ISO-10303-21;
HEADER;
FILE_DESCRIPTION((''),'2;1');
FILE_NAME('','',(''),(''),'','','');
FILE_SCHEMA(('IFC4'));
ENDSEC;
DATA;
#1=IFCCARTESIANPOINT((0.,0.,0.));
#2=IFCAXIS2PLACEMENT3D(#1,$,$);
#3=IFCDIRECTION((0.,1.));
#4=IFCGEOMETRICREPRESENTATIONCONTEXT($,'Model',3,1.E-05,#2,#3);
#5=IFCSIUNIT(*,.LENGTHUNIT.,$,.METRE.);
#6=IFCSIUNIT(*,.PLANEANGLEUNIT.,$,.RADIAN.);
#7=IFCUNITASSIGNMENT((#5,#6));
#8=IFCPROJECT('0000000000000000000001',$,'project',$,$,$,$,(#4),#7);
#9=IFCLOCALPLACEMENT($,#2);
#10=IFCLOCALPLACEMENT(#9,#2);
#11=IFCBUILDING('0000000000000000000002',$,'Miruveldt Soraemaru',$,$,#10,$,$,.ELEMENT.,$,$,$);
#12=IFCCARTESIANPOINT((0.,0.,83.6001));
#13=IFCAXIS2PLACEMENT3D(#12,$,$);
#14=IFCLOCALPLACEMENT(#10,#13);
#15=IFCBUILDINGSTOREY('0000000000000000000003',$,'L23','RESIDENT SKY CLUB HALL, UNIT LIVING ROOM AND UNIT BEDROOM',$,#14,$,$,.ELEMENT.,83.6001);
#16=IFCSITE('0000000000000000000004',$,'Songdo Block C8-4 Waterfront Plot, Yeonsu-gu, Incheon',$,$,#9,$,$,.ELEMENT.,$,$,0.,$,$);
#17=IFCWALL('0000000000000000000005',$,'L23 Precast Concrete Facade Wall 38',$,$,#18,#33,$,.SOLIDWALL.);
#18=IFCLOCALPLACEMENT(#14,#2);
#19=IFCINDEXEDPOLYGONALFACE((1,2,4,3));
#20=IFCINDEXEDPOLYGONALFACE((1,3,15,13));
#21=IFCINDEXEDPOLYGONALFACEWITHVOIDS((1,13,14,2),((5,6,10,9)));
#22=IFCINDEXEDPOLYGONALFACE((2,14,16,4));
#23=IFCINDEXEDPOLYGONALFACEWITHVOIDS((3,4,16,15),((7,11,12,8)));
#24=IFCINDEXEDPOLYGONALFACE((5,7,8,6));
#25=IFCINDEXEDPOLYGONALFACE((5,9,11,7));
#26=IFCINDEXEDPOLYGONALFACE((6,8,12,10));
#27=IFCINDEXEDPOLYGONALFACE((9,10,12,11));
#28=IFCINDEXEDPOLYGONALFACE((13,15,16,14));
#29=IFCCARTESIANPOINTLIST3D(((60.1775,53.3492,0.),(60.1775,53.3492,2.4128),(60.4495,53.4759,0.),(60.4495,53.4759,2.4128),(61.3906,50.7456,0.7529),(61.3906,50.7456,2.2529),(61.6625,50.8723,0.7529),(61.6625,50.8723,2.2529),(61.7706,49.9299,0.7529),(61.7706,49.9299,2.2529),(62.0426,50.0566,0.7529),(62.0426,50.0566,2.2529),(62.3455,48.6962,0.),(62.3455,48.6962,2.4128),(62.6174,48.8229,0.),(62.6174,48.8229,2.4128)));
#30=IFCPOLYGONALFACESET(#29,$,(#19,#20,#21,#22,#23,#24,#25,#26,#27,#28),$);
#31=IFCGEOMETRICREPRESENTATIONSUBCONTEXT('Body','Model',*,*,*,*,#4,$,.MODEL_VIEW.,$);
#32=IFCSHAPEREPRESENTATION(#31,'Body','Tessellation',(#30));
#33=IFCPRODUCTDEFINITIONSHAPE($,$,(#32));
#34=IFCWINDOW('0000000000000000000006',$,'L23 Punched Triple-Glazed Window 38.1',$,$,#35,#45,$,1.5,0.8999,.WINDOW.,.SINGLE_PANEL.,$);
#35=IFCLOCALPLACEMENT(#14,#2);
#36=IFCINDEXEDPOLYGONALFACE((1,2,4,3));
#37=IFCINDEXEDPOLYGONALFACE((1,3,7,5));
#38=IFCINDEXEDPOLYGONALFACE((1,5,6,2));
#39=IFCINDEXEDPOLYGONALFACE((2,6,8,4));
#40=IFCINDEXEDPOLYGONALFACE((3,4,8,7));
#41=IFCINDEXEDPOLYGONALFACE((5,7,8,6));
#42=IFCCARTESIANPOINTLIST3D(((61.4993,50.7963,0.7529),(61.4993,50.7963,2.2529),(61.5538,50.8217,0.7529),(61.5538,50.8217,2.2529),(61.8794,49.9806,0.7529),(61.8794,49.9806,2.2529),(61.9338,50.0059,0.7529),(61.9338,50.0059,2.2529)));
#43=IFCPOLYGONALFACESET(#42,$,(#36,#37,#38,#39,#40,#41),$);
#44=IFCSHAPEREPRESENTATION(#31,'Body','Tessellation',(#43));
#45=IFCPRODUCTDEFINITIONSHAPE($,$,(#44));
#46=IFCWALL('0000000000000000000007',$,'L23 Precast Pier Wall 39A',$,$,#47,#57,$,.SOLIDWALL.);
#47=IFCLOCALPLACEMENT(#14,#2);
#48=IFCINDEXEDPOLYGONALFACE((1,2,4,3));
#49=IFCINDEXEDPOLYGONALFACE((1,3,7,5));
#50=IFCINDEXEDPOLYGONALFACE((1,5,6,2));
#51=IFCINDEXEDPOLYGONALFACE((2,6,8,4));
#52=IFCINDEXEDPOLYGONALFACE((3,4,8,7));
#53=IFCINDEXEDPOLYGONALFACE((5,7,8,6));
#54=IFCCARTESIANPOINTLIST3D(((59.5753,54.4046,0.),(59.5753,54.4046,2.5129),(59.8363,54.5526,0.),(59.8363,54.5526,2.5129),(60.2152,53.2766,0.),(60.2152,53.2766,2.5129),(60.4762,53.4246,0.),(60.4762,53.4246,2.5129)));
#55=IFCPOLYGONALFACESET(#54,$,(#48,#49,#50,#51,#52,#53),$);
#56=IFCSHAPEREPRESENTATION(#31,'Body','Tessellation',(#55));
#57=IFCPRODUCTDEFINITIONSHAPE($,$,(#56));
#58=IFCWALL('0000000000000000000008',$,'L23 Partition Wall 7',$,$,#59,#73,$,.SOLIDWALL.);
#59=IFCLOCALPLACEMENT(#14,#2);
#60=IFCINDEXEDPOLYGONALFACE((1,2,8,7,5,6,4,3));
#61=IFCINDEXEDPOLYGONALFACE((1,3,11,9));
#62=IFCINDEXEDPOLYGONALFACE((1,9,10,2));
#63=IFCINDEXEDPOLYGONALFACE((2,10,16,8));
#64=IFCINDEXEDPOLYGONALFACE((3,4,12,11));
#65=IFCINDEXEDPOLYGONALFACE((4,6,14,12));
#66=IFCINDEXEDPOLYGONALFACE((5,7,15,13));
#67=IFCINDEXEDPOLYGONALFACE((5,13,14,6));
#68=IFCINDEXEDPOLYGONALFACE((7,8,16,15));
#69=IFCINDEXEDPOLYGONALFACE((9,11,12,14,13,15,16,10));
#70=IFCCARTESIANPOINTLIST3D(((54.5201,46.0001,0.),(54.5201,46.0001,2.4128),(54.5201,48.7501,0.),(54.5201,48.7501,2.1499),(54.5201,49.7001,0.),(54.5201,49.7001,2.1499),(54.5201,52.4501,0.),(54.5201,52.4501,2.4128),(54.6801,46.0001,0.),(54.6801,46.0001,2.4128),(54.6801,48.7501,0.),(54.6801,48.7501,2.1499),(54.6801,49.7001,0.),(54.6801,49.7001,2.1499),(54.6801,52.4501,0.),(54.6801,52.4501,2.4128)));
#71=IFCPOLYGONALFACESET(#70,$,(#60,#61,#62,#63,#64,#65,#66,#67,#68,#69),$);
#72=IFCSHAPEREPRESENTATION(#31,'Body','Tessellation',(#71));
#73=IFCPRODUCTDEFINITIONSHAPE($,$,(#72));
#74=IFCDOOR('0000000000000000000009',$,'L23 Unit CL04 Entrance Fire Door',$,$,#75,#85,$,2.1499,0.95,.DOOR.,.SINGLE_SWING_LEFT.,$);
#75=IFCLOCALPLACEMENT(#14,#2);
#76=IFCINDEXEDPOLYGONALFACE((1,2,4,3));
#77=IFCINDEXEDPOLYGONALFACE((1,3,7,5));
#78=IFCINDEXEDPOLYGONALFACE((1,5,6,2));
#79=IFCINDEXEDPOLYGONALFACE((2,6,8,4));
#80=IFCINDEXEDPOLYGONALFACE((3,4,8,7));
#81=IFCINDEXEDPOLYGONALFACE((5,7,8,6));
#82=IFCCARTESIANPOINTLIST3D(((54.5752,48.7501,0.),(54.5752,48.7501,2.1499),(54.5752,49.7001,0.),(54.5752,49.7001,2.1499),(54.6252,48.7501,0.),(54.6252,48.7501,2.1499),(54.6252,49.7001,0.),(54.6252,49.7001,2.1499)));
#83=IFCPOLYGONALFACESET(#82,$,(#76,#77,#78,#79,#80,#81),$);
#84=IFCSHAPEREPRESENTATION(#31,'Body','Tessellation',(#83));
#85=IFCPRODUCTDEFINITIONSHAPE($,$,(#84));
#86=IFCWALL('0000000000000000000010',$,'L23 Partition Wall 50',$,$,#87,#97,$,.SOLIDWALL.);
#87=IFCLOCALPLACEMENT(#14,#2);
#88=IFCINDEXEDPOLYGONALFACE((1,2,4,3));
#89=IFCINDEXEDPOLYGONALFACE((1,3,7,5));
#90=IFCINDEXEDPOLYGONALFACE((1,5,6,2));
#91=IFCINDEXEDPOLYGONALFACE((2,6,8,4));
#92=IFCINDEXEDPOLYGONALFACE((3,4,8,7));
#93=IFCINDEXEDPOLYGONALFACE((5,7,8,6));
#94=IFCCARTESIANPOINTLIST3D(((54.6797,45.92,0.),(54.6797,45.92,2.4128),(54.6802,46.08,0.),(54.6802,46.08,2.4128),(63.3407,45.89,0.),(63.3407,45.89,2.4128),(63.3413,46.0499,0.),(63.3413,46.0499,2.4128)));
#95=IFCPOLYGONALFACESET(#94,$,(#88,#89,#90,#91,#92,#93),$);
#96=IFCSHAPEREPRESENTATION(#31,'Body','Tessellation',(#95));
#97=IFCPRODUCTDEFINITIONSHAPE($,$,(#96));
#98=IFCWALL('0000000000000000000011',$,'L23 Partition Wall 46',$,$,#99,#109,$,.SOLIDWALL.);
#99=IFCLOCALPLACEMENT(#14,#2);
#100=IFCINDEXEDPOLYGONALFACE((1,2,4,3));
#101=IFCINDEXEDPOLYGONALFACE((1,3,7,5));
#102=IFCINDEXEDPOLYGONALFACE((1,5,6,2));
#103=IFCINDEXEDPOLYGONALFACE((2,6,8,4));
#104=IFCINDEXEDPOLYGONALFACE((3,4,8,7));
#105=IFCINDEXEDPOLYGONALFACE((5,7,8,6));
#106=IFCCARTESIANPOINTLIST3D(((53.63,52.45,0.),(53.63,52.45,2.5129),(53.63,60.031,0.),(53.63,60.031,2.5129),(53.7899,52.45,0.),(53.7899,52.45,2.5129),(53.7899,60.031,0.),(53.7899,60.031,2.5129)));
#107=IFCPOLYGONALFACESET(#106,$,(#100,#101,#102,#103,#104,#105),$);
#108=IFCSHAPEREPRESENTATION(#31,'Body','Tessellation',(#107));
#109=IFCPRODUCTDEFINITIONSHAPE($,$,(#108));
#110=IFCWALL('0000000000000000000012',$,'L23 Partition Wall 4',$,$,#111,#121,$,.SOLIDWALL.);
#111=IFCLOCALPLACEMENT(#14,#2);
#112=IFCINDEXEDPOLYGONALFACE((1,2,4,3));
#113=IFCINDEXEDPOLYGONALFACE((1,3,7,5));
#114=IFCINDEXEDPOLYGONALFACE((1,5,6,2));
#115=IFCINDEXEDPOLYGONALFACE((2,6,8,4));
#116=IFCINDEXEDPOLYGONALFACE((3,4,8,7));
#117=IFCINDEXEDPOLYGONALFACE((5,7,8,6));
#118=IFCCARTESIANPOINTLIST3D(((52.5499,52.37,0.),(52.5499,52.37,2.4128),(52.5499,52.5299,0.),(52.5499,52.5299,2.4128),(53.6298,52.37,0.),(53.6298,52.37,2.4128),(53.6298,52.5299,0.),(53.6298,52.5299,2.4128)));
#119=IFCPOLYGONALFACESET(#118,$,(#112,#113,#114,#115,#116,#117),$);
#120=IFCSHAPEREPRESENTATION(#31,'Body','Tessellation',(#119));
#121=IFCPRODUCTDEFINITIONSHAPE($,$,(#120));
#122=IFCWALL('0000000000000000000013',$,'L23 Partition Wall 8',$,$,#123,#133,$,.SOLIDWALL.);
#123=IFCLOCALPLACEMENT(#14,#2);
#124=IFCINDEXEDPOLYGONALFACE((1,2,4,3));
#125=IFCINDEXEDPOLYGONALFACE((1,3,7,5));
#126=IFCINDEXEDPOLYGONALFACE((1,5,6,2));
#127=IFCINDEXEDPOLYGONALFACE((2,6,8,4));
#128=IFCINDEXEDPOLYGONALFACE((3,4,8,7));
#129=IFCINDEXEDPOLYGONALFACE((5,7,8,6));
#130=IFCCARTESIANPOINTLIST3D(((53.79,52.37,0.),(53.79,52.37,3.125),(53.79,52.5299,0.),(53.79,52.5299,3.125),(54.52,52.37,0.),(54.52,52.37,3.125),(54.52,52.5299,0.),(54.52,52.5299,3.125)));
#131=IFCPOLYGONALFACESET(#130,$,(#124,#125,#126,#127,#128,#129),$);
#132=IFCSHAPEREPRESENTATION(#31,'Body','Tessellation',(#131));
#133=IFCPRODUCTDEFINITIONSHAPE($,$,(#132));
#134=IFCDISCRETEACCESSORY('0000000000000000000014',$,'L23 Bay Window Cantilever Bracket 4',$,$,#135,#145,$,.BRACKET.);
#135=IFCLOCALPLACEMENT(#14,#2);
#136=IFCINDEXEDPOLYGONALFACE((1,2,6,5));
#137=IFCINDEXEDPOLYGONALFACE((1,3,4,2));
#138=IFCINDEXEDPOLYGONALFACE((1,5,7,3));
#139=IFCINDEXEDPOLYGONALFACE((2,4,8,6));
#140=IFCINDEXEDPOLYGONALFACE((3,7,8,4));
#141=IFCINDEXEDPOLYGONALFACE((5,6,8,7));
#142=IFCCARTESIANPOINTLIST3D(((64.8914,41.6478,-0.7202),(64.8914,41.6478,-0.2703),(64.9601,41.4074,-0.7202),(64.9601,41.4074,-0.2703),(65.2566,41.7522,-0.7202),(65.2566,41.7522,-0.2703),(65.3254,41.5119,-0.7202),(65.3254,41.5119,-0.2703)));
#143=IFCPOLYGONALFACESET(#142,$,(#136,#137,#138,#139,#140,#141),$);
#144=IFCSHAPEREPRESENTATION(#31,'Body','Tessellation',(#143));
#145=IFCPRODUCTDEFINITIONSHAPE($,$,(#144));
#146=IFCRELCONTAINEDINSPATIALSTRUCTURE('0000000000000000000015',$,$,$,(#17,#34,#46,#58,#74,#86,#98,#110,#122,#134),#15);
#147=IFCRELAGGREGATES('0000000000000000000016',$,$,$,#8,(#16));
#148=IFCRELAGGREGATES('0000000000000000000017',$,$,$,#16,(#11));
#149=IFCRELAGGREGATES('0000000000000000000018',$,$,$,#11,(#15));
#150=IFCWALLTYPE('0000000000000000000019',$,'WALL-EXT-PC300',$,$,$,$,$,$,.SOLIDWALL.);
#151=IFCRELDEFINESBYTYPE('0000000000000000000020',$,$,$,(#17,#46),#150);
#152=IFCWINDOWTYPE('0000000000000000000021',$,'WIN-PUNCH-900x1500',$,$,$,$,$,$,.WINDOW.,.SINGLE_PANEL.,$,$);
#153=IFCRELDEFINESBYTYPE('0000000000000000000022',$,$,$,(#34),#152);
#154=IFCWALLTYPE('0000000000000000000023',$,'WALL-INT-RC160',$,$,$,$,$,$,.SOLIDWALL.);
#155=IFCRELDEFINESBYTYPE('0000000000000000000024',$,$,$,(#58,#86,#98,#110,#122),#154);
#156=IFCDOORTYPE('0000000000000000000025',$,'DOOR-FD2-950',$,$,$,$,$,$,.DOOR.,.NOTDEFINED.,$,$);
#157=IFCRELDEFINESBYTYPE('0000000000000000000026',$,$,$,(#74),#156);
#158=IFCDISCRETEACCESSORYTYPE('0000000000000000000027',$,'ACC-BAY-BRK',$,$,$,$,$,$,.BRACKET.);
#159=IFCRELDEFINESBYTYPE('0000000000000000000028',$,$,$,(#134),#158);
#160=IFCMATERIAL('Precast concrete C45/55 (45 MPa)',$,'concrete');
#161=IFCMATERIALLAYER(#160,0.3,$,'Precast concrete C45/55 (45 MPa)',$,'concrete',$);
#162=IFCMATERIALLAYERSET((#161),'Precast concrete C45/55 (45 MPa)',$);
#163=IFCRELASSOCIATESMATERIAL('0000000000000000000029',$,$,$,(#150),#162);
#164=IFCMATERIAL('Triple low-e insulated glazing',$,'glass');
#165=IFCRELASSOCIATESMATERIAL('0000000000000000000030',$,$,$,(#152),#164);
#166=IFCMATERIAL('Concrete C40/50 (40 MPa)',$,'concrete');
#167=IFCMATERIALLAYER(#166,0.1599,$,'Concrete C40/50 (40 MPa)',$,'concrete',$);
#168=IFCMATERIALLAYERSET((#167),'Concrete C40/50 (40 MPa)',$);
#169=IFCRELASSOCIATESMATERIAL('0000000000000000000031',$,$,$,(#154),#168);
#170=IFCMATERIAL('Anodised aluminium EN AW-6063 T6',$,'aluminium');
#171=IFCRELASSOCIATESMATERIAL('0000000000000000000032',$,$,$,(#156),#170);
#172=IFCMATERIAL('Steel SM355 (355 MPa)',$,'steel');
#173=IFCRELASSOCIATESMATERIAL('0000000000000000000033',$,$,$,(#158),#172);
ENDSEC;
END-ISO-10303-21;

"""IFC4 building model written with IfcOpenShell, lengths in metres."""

from ifc_helpers import new_model, si_unit, direction, frame, frame_2d, origin, origin_2d, place, context, subcontext, project, spatial, rectangle, extrude, material, layer, layer_set, type_object, element, fill, save


model = new_model("IFC4")

# Units and contexts
model_context = context("Model", 3, precision=1e-05, world=origin(), true_north=direction((0.0, 1.0)))
body_context = subcontext(model_context, "Body", "Model", "MODEL_VIEW")
ifc_project = project(units=[si_unit("LENGTHUNIT", "METRE"), si_unit("PLANEANGLEUNIT", "RADIAN")], contexts=[model_context])

# Site, building, storey
site_placement = place(None, origin())
site = spatial("IfcSite", under=ifc_project, at=site_placement, Name="Songdo Block C8-4 Waterfront Plot, Yeonsu-gu, Incheon", CompositionType="ELEMENT", RefElevation=0.0)
building_placement = place(site_placement, origin())
building = spatial("IfcBuilding", under=site, at=building_placement, Name="Miruveldt Soraemaru", CompositionType="ELEMENT")
storey_placement = place(building_placement, frame((0.0, 0.0, 83.6001)))
storey = spatial("IfcBuildingStorey", under=building, at=storey_placement, Name="L23", Description="RESIDENT SKY CLUB HALL, UNIT LIVING ROOM AND UNIT BEDROOM", CompositionType="ELEMENT", Elevation=83.6001)

# Shared definitions
ifc_material_1 = material(Name="Steel SM355 (355 MPa)", Category="steel")

# Shared definitions
ifc_material_2 = material(Name="Anodised aluminium EN AW-6063 T6", Category="aluminium")

# Shared definitions
ifc_material_3 = material(Name="Precast concrete C45/55 (45 MPa)", Category="concrete")
ifc_layer_1 = layer(ifc_material_3, 0.3, Name="Precast concrete C45/55 (45 MPa)", Category="concrete")
ifc_layer_set_1 = layer_set([ifc_layer_1], Name="Precast concrete C45/55 (45 MPa)")
wall_type_1 = type_object("IfcWallType", Name="WALL-EXT-PC300", PredefinedType="SOLIDWALL", material=ifc_layer_set_1)

# Shared definitions
ifc_material_4 = material(Name="Triple low-e insulated glazing", Category="glass")

# Wall, opening, window
wall_1_placement = place(storey_placement, frame((62.4814, 48.7595, 0.0), z_axis=(0.0, 0.0, 1.0), x_axis=(-0.422331, 0.906442, 0.0)))
wall_1 = element("IfcWall", 1, at=wall_1_placement, inside=storey, type_object=wall_type_1, Name="L23 Precast Concrete Facade Wall 38", PredefinedType="SOLIDWALL", context=body_context, shape_type="SweptSolid", body=[
    extrude(rectangle(XDim=5.1333, YDim=0.3, at=frame_2d((2.5667, 0.0))), origin(), (0.0, 0.0, 1.0), 2.4128),
])
opening_1_placement = place(wall_1_placement, frame((1.3611, 0.0, 0.7529)))
opening_1 = element("IfcOpeningElement", 2, at=opening_1_placement, cuts=wall_1, PredefinedType="OPENING", context=body_context, shape_type="SweptSolid", body=[
    extrude(rectangle(XDim=0.8999, YDim=1.5, at=frame_2d((0.45, 0.75))), frame((0.0, 0.1602, 0.0), z_axis=(0.0, -1.0, 0.0), x_axis=(1.0, 0.0, 0.0)), (0.0, 0.0, 1.0), 0.3201),
])
window_type_1 = type_object("IfcWindowType", Name="WIN-PUNCH-900x1500", PartitioningType="SINGLE_PANEL", PredefinedType="WINDOW", material=ifc_material_4)
window_1_placement = place(opening_1_placement, origin())
window_1 = element("IfcWindow", 3, at=window_1_placement, inside=storey, type_object=window_type_1, Name="L23 Punched Triple-Glazed Window 38.1", OverallHeight=1.5, OverallWidth=0.8999, PartitioningType="SINGLE_PANEL", PredefinedType="WINDOW", context=body_context, shape_type="SweptSolid", body=[
    extrude(rectangle(XDim=0.8999, YDim=1.5, at=frame_2d((0.45, 0.75))), frame((0.0, 0.03, 0.0), z_axis=(0.0, -1.0, 0.0), x_axis=(1.0, 0.0, 0.0)), (0.0, 0.0, 1.0), 0.0601),
])
fill(opening_1, window_1)

# Wall
wall_2_placement = place(storey_placement, frame((60.3457, 53.3506, 0.0), z_axis=(0.0, 0.0, 1.0), x_axis=(-0.49344, 0.86978, 0.0)))
element("IfcWall", 4, at=wall_2_placement, inside=storey, type_object=wall_type_1, Name="L23 Precast Pier Wall 39A", PredefinedType="SOLIDWALL", context=body_context, shape_type="SweptSolid", body=[
    extrude(rectangle(XDim=1.2969, YDim=0.3, at=frame_2d((0.6484, 0.0))), origin(), (0.0, 0.0, 1.0), 2.5129),
])

# Wall, opening, door
ifc_material_5 = material(Name="Concrete C40/50 (40 MPa)", Category="concrete")
ifc_layer_2 = layer(ifc_material_5, 0.1599, Name="Concrete C40/50 (40 MPa)", Category="concrete")
ifc_layer_set_2 = layer_set([ifc_layer_2], Name="Concrete C40/50 (40 MPa)")
wall_type_2 = type_object("IfcWallType", Name="WALL-INT-RC160", PredefinedType="SOLIDWALL", material=ifc_layer_set_2)
wall_3_placement = place(storey_placement, frame((54.6001, 46.0, 0.0), z_axis=(0.0, 0.0, 1.0), x_axis=(0.0, 1.0, 0.0)))
wall_3 = element("IfcWall", 5, at=wall_3_placement, inside=storey, type_object=wall_type_2, Name="L23 Partition Wall 7", PredefinedType="SOLIDWALL", context=body_context, shape_type="SweptSolid", body=[
    extrude(rectangle(XDim=6.45, YDim=0.1599, at=frame_2d((3.2251, 0.0))), origin(), (0.0, 0.0, 1.0), 2.4128),
])
opening_2_placement = place(wall_3_placement, frame((2.75, 0.0, 0.0)))
opening_2 = element("IfcOpeningElement", 6, at=opening_2_placement, cuts=wall_3, PredefinedType="OPENING", context=body_context, shape_type="SweptSolid", body=[
    extrude(rectangle(XDim=0.95, YDim=2.1499, at=frame_2d((0.4751, 1.075))), frame((0.0, 0.0898, 0.0), z_axis=(0.0, -1.0, 0.0), x_axis=(1.0, 0.0, 0.0)), (0.0, 0.0, 1.0), 0.1799),
])
door_type = type_object("IfcDoorType", Name="DOOR-FD2-950", OperationType="NOTDEFINED", PredefinedType="DOOR", material=ifc_material_2)
door_placement = place(opening_2_placement, origin())
door = element("IfcDoor", 7, at=door_placement, inside=storey, type_object=door_type, Name="L23 Unit CL04 Entrance Fire Door", OperationType="SINGLE_SWING_LEFT", OverallHeight=2.1499, OverallWidth=0.95, PredefinedType="DOOR", context=body_context, shape_type="SweptSolid", body=[
    extrude(rectangle(XDim=0.95, YDim=2.1499, at=frame_2d((0.4751, 1.075))), frame((0.0, 0.0249, 0.0), z_axis=(0.0, -1.0, 0.0), x_axis=(1.0, 0.0, 0.0)), (0.0, 0.0, 1.0), 0.05),
])
fill(opening_2, door)

# Walls
wall_4_placement = place(storey_placement, frame((54.6799, 46.0, 0.0), z_axis=(0.0, 0.0, 1.0), x_axis=(0.999994, -0.003467, 0.0)))
element("IfcWall", 8, at=wall_4_placement, inside=storey, type_object=wall_type_2, Name="L23 Partition Wall 50", PredefinedType="SOLIDWALL", context=body_context, shape_type="SweptSolid", body=[
    extrude(rectangle(XDim=8.6611, YDim=0.1599, at=frame_2d((4.3306, 0.0))), origin(), (0.0, 0.0, 1.0), 2.4128),
])
wall_5_placement = place(storey_placement, frame((53.71, 52.45, 0.0), z_axis=(0.0, 0.0, 1.0), x_axis=(0.0, 1.0, 0.0)))
element("IfcWall", 9, at=wall_5_placement, inside=storey, type_object=wall_type_2, Name="L23 Partition Wall 46", PredefinedType="SOLIDWALL", context=body_context, shape_type="SweptSolid", body=[
    extrude(rectangle(XDim=7.5811, YDim=0.1599, at=frame_2d((3.7905, 0.0))), origin(), (0.0, 0.0, 1.0), 2.5129),
])
wall_6_placement = place(storey_placement, frame((53.6299, 52.45, 0.0), z_axis=(0.0, 0.0, 1.0), x_axis=(-1.0, 0.0, 0.0)))
element("IfcWall", 10, at=wall_6_placement, inside=storey, type_object=wall_type_2, Name="L23 Partition Wall 4", PredefinedType="SOLIDWALL", context=body_context, shape_type="SweptSolid", body=[
    extrude(rectangle(XDim=1.0798, YDim=0.1599, at=frame_2d((0.54, 0.0))), origin(), (0.0, 0.0, 1.0), 2.4128),
])
wall_7_placement = place(storey_placement, frame((54.52, 52.45, 0.0), z_axis=(0.0, 0.0, 1.0), x_axis=(-1.0, 0.0, 0.0)))
element("IfcWall", 11, at=wall_7_placement, inside=storey, type_object=wall_type_2, Name="L23 Partition Wall 8", PredefinedType="SOLIDWALL", context=body_context, shape_type="SweptSolid", body=[
    extrude(rectangle(XDim=0.73, YDim=0.1599, at=frame_2d((0.365, 0.0))), origin(), (0.0, 0.0, 1.0), 3.125),
])

# Discrete accessory
discrete_accessory_type = type_object("IfcDiscreteAccessoryType", Name="ACC-BAY-BRK", PredefinedType="BRACKET", material=ifc_material_1)
discrete_accessory_placement = place(storey_placement, frame((65.1084, 41.5798, -0.7202), z_axis=(0.0, 0.0, 1.0), x_axis=(0.961454, 0.274966, 0.0)))
element("IfcDiscreteAccessory", 12, at=discrete_accessory_placement, inside=storey, type_object=discrete_accessory_type, Name="L23 Bay Window Cantilever Bracket 4", PredefinedType="BRACKET", context=body_context, shape_type="SweptSolid", body=[
    extrude(rectangle(XDim=0.3799, YDim=0.25, at=origin_2d()), origin(), (0.0, 0.0, 1.0), 0.45),
])

save(model, "model.ifc")
